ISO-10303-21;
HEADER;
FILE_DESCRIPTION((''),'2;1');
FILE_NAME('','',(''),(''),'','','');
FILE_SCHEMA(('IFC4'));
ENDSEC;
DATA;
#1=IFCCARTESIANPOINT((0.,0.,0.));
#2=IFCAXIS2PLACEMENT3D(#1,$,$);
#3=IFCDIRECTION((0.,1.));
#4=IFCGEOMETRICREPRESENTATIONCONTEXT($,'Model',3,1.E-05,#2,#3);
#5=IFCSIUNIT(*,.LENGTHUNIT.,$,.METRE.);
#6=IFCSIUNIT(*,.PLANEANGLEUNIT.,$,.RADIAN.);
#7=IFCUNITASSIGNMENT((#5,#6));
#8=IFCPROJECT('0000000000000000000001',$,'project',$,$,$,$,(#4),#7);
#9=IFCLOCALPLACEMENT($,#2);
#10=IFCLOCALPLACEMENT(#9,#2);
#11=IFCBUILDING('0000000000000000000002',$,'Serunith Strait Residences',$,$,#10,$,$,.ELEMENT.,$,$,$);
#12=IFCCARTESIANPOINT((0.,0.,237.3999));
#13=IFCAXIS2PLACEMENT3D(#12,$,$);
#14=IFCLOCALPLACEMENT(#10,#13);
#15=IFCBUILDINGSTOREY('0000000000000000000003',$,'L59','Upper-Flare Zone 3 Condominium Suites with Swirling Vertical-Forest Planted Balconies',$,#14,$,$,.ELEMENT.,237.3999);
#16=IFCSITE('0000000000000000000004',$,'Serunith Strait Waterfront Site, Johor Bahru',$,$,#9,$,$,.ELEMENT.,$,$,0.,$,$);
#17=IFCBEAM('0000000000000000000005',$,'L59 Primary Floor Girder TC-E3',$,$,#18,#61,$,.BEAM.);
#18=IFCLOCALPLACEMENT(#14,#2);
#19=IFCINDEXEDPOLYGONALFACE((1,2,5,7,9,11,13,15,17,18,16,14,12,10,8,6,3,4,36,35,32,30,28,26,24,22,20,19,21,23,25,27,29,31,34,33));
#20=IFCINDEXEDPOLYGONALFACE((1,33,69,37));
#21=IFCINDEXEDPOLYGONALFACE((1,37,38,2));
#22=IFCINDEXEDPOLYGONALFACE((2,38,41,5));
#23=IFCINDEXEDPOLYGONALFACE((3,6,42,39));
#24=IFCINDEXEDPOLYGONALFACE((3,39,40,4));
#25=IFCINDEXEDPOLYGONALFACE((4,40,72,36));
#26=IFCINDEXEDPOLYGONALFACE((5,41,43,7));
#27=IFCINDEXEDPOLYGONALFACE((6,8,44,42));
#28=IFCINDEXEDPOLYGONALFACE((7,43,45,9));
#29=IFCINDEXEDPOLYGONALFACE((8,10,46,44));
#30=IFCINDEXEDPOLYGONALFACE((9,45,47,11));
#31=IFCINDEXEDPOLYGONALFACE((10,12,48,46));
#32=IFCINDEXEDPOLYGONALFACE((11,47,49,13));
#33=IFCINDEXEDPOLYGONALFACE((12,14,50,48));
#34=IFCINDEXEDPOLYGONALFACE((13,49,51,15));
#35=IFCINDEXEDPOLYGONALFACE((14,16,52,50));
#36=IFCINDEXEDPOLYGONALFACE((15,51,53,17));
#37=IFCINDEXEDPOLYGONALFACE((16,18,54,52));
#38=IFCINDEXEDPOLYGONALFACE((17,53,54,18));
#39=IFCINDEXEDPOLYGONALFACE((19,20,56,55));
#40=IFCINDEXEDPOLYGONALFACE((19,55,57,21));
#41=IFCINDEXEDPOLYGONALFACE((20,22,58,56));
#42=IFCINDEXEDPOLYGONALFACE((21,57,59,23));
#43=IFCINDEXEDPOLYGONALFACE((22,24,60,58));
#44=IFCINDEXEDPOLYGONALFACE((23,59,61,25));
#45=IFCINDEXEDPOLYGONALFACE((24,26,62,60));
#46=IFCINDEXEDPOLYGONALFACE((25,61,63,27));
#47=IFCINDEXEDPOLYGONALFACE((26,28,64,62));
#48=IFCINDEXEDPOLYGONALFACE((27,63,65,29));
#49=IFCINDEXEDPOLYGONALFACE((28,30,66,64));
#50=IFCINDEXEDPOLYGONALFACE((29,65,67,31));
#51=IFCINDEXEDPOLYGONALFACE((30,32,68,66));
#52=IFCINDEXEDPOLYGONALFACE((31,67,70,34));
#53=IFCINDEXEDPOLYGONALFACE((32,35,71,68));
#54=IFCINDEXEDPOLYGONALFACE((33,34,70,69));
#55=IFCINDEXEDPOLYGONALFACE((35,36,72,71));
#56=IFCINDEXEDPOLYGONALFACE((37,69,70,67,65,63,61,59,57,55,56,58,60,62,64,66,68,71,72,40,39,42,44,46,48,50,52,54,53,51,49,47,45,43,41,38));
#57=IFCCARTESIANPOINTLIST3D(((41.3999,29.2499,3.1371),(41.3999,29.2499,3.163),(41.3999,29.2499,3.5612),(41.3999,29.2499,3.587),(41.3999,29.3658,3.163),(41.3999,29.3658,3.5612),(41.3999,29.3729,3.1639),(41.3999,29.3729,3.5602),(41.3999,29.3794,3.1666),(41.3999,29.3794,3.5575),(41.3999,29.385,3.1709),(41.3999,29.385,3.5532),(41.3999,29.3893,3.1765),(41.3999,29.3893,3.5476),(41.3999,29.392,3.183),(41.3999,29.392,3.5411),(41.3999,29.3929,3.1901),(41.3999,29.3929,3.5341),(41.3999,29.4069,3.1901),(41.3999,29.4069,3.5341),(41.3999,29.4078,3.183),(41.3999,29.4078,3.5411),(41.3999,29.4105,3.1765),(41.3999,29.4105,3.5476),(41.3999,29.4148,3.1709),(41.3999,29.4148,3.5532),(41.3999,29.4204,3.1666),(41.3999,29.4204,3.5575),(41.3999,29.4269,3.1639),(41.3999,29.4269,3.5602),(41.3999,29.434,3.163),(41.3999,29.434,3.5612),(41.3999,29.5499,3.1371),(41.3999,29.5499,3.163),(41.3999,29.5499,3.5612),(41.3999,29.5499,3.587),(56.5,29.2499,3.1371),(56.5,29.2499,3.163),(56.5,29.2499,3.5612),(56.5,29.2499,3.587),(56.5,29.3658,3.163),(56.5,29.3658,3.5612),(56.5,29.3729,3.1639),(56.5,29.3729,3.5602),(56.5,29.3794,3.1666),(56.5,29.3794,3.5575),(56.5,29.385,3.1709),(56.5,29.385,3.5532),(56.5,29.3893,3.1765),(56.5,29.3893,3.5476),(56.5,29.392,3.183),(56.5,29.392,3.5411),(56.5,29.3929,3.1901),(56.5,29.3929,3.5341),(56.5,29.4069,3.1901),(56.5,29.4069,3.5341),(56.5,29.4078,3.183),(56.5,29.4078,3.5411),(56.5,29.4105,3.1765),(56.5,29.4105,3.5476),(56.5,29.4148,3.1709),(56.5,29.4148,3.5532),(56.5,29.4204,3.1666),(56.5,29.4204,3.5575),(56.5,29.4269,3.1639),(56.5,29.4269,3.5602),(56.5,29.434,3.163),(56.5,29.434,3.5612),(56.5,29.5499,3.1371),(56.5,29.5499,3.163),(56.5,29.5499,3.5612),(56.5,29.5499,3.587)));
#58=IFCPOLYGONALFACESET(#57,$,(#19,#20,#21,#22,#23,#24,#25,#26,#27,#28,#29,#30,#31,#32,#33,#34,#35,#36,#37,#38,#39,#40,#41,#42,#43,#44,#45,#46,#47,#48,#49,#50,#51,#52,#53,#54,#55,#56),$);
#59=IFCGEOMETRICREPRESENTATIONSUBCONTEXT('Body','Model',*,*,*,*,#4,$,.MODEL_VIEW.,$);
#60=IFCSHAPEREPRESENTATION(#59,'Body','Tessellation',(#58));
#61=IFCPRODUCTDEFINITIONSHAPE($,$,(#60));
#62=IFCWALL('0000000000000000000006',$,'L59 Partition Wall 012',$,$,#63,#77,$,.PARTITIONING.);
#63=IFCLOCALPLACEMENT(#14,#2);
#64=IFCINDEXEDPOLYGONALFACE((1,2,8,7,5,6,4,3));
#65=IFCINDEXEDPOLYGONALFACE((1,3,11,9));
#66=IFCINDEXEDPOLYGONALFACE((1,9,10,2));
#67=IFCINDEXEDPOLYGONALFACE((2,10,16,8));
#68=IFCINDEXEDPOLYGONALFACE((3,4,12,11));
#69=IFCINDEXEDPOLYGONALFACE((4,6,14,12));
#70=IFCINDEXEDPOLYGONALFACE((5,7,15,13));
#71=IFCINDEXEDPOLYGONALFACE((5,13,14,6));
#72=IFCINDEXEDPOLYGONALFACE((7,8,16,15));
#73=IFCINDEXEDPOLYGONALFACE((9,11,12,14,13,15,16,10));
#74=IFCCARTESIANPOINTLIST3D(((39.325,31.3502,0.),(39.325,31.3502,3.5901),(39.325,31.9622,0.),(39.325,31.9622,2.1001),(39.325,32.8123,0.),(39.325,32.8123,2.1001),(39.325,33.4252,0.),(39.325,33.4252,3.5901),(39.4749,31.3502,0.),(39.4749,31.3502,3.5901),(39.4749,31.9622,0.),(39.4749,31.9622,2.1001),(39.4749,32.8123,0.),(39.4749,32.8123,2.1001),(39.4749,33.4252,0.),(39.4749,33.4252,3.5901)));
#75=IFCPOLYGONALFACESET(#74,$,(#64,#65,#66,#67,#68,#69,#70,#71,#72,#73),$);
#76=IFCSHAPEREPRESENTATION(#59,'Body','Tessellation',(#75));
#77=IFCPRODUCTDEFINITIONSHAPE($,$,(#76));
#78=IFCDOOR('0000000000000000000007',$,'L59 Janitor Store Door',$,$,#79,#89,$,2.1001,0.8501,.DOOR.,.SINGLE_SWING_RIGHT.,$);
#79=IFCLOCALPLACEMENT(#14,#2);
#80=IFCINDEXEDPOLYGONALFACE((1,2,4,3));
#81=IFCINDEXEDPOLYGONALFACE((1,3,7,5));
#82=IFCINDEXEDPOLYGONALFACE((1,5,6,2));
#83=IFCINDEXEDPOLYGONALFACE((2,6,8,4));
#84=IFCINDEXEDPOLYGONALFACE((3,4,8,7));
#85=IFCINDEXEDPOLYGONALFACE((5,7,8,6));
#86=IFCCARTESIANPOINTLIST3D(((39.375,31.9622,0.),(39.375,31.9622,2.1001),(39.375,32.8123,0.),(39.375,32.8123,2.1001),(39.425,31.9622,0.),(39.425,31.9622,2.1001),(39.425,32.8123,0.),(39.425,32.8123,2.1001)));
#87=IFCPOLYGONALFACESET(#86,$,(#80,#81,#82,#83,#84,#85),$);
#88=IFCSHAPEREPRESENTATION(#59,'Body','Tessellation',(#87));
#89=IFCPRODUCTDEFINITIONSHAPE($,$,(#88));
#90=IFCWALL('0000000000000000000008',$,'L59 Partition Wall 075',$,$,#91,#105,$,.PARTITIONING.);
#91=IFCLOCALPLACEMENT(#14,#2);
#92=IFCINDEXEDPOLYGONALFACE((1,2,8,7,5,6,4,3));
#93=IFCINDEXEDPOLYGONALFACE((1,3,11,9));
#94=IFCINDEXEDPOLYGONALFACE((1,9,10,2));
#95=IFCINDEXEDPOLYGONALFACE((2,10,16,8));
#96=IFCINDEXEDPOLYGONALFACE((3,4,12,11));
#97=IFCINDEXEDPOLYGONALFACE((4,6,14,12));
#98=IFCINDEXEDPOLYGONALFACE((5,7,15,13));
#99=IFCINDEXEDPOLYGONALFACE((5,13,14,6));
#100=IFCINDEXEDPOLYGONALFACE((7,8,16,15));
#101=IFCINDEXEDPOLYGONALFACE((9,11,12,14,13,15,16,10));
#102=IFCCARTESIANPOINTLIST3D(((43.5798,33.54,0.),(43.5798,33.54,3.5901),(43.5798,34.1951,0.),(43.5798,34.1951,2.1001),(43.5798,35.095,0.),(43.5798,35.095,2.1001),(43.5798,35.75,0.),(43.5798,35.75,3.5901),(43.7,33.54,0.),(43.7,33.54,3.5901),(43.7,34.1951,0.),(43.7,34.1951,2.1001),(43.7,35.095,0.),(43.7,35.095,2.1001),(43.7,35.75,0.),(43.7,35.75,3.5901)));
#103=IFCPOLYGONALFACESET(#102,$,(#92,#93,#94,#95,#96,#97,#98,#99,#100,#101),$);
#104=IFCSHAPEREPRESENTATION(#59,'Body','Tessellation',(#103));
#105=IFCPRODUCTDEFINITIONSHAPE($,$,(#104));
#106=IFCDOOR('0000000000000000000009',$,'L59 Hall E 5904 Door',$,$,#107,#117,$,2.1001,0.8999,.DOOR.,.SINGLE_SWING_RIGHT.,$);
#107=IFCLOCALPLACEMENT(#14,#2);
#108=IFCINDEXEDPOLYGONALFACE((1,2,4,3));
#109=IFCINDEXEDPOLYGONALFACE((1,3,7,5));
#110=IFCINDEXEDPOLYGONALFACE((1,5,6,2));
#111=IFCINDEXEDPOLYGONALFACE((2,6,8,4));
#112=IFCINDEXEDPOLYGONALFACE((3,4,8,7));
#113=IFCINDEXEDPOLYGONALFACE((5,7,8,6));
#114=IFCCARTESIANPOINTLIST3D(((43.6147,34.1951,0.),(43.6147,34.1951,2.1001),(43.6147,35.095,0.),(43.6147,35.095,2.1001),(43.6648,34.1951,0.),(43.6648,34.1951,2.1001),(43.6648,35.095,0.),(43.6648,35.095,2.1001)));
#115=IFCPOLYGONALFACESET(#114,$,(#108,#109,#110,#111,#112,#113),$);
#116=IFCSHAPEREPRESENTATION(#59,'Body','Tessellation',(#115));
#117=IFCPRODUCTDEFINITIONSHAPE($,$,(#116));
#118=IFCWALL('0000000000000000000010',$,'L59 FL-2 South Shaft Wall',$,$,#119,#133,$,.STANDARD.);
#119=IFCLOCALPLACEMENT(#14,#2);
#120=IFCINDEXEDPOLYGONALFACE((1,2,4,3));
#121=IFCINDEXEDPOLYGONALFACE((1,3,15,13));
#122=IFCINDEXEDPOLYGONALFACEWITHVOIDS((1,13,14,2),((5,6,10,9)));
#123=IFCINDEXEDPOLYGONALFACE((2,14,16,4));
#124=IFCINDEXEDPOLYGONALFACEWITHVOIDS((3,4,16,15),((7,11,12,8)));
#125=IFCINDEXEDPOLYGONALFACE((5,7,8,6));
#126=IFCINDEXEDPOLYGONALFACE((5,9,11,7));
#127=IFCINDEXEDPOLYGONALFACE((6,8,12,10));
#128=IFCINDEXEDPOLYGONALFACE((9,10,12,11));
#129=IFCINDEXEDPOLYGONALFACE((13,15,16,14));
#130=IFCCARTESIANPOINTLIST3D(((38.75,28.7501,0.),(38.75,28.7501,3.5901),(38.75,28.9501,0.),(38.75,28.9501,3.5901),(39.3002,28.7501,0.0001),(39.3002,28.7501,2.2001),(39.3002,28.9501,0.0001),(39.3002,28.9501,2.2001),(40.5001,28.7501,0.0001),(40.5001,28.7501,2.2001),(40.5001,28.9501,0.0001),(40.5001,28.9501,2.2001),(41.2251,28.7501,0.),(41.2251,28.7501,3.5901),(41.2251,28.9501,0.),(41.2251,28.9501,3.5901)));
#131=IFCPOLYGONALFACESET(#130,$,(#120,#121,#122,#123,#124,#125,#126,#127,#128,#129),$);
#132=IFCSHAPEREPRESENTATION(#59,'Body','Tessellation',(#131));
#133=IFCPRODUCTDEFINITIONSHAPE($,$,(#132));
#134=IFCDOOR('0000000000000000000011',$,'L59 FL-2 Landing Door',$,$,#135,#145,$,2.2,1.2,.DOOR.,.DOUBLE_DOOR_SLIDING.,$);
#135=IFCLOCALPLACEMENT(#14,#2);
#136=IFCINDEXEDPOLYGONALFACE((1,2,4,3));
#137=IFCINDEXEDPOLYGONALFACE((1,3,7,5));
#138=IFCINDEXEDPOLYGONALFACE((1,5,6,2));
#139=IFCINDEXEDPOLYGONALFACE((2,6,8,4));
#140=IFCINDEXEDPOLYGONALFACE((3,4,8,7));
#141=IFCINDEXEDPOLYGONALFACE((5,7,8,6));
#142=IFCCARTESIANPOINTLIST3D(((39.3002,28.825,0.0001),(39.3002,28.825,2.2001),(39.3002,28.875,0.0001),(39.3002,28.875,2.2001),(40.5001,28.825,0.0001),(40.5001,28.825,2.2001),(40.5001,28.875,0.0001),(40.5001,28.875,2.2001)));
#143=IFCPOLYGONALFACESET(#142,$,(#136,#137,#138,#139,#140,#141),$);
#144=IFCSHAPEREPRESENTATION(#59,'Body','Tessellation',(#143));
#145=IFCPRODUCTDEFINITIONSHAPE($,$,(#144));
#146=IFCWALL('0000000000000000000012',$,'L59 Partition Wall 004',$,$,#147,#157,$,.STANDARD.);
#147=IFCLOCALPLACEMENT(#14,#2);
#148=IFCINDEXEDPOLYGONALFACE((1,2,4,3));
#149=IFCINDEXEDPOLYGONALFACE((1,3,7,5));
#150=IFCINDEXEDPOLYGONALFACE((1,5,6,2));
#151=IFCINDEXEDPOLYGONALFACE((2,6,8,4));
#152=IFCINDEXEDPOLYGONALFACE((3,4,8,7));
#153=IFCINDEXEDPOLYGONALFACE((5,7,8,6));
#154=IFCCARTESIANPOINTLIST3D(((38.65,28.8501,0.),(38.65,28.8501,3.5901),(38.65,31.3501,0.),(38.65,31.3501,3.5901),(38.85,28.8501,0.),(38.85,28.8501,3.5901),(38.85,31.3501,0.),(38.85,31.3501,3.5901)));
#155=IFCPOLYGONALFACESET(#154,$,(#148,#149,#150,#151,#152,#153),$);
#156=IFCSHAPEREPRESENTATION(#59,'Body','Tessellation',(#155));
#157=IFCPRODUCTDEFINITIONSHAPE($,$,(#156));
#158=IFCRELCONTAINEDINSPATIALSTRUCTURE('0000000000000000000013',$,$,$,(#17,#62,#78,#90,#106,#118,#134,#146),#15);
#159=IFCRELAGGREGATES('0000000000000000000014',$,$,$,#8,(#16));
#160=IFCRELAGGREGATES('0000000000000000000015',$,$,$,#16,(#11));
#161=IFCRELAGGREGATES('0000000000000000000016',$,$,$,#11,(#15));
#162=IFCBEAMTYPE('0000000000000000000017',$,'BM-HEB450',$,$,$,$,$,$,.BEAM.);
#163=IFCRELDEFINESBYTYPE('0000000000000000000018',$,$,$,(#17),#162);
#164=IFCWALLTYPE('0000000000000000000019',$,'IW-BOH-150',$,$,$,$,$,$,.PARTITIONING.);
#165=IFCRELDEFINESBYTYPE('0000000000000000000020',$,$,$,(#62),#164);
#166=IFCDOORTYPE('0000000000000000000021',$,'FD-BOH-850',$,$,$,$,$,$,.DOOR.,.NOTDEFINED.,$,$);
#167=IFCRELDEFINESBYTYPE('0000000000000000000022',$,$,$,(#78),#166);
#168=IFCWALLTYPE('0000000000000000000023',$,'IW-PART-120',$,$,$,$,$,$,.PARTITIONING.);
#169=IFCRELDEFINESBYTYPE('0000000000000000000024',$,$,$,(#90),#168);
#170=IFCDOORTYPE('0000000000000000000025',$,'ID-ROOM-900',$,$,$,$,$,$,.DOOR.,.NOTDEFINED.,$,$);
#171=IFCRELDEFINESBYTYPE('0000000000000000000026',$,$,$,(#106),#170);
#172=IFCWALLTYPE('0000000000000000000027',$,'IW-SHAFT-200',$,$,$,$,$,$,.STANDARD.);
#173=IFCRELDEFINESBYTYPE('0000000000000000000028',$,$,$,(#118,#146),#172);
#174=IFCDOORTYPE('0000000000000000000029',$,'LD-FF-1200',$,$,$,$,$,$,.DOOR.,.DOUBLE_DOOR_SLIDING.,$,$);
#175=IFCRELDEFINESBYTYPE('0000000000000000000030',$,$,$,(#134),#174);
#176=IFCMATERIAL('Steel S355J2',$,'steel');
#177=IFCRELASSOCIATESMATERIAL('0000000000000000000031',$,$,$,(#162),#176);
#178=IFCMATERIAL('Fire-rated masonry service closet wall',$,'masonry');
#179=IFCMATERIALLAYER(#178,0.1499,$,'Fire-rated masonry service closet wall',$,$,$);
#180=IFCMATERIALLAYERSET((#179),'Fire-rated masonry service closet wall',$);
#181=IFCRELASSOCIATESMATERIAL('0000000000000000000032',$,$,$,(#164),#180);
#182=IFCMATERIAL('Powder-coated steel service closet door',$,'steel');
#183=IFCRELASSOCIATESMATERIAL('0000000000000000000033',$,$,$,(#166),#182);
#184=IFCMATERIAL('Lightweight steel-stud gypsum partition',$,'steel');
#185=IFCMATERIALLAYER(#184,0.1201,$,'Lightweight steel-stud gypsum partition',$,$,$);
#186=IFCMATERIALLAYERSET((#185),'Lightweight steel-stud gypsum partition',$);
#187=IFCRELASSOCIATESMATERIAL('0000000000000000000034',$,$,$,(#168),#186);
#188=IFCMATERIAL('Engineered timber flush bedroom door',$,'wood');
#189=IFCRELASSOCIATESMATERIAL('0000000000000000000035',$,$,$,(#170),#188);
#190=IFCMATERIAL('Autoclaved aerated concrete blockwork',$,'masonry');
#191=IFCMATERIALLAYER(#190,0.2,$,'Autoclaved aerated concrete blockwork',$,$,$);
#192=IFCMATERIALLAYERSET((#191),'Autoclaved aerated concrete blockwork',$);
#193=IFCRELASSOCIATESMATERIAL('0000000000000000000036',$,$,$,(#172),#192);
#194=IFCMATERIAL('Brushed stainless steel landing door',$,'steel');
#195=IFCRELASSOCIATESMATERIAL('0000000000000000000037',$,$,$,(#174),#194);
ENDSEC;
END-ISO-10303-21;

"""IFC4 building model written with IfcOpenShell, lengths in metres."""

from ifc_helpers import new_model, si_unit, direction, frame, frame_2d, origin, origin_2d, place, context, subcontext, project, spatial, rectangle, i_section, extrude, source, transform, mapped, material, layer, layer_set, material_profile, profile_set, type_object, element, fill, save


model = new_model("IFC4")

# Units and contexts
model_context = context("Model", 3, precision=1e-05, world=origin(), true_north=direction((0.0, 1.0)))
body_context = subcontext(model_context, "Body", "Model", "MODEL_VIEW")
ifc_project = project(units=[si_unit("LENGTHUNIT", "METRE"), si_unit("PLANEANGLEUNIT", "RADIAN")], contexts=[model_context])

# Site, building, storey
site_placement = place(None, origin())
site = spatial("IfcSite", under=ifc_project, at=site_placement, Name="Serunith Strait Waterfront Site, Johor Bahru", CompositionType="ELEMENT", RefElevation=0.0)
building_placement = place(site_placement, origin())
building = spatial("IfcBuilding", under=site, at=building_placement, Name="Serunith Strait Residences", CompositionType="ELEMENT")
storey_placement = place(building_placement, frame((0.0, 0.0, 237.3999)))
storey = spatial("IfcBuildingStorey", under=building, at=storey_placement, Name="L59", Description="Upper-Flare Zone 3 Condominium Suites with Swirling Vertical-Forest Planted Balconies", CompositionType="ELEMENT", Elevation=237.3999)

# Beam
ifc_material_1 = material(Name="Steel S355J2", Category="steel")
ifc_material_profile = material_profile(ifc_material_1, i_section(OverallWidth=0.3, OverallDepth=0.45, WebThickness=0.0139, FlangeThickness=0.0259, FilletRadius=0.0271, at=origin_2d()), Name="HEB 450")
ifc_profile_set = profile_set([ifc_material_profile], Name="Steel S355J2")
beam_type = type_object("IfcBeamType", Name="BM-HEB450", PredefinedType="BEAM", material=ifc_profile_set)
shared_shape_1 = source(origin(), body_context, "Body", "SweptSolid", [
    extrude(i_section(OverallWidth=0.3, OverallDepth=0.45, WebThickness=0.0139, FlangeThickness=0.0259, FilletRadius=0.0271, at=origin_2d()), origin(), (0.0, 0.0, 1.0), 15.1001),
])
beam_placement = place(storey_placement, frame((41.3999, 29.3999, 3.3621), z_axis=(1.0, 0.0, 0.0), x_axis=(0.0, 1.0, 0.0)))
element("IfcBeam", 1, at=beam_placement, inside=storey, type_object=beam_type, Name="L59 Primary Floor Girder TC-E3", PredefinedType="BEAM", context=body_context, shape_type="MappedRepresentation", body=[
    mapped(shared_shape_1, transform((0.0, 0.0, 0.0), scale=1.0)),
])

# Walls, openings, doors
ifc_material_2 = material(Name="Fire-rated masonry service closet wall", Category="masonry")
ifc_layer_1 = layer(ifc_material_2, 0.1499, Name="Fire-rated masonry service closet wall")
ifc_layer_set_1 = layer_set([ifc_layer_1], Name="Fire-rated masonry service closet wall")
wall_type_1 = type_object("IfcWallType", Name="IW-BOH-150", PredefinedType="PARTITIONING", material=ifc_layer_set_1)
wall_1_placement = place(storey_placement, frame((39.3999, 31.3501, 0.0), z_axis=(0.0, 0.0, 1.0), x_axis=(0.0, 1.0, 0.0)))
wall_1 = element("IfcWall", 2, at=wall_1_placement, inside=storey, type_object=wall_type_1, Name="L59 Partition Wall 012", PredefinedType="PARTITIONING", context=body_context, shape_type="SweptSolid", body=[
    extrude(rectangle(XDim=2.075, YDim=0.1499, at=frame_2d((1.0376, 0.0))), origin(), (0.0, 0.0, 1.0), 3.5901),
])
opening_1_placement = place(wall_1_placement, frame((0.6121, 0.0, 0.0)))
opening_1 = element("IfcOpeningElement", 3, at=opening_1_placement, cuts=wall_1, PredefinedType="OPENING", context=body_context, shape_type="SweptSolid", body=[
    extrude(rectangle(XDim=0.8501, YDim=2.1001, at=frame_2d((0.425, 1.05))), frame((0.0, 0.085, 0.0), z_axis=(0.0, -1.0, 0.0), x_axis=(1.0, 0.0, 0.0)), (0.0, 0.0, 1.0), 0.1699),
])
ifc_material_3 = material(Name="Powder-coated steel service closet door", Category="steel")
door_type_1 = type_object("IfcDoorType", Name="FD-BOH-850", OperationType="NOTDEFINED", PredefinedType="DOOR", material=ifc_material_3)
shared_shape_2 = source(origin(), body_context, "Body", "SweptSolid", [
    extrude(rectangle(XDim=0.8501, YDim=2.1001, at=frame_2d((0.425, 1.05))), frame((0.0, 0.0249, 0.0), z_axis=(0.0, -1.0, 0.0), x_axis=(1.0, 0.0, 0.0)), (0.0, 0.0, 1.0), 0.05),
])
door_1_placement = place(opening_1_placement, origin())
door_1 = element("IfcDoor", 4, at=door_1_placement, inside=storey, type_object=door_type_1, Name="L59 Janitor Store Door", OperationType="SINGLE_SWING_RIGHT", OverallHeight=2.1001, OverallWidth=0.8501, PredefinedType="DOOR", context=body_context, shape_type="MappedRepresentation", body=[
    mapped(shared_shape_2, transform((0.0, 0.0, 0.0), scale=1.0)),
])
fill(opening_1, door_1)
ifc_material_4 = material(Name="Lightweight steel-stud gypsum partition", Category="steel")
ifc_layer_2 = layer(ifc_material_4, 0.1201, Name="Lightweight steel-stud gypsum partition")
ifc_layer_set_2 = layer_set([ifc_layer_2], Name="Lightweight steel-stud gypsum partition")
wall_type_2 = type_object("IfcWallType", Name="IW-PART-120", PredefinedType="PARTITIONING", material=ifc_layer_set_2)
wall_2_placement = place(storey_placement, frame((43.6399, 35.75, 0.0), z_axis=(0.0, 0.0, 1.0), x_axis=(0.0, -1.0, 0.0)))
wall_2 = element("IfcWall", 5, at=wall_2_placement, inside=storey, type_object=wall_type_2, Name="L59 Partition Wall 075", PredefinedType="PARTITIONING", context=body_context, shape_type="SweptSolid", body=[
    extrude(rectangle(XDim=2.21, YDim=0.1201, at=frame_2d((1.105, 0.0))), origin(), (0.0, 0.0, 1.0), 3.5901),
])
opening_2_placement = place(wall_2_placement, frame((0.655, 0.0, 0.0)))
opening_2 = element("IfcOpeningElement", 6, at=opening_2_placement, cuts=wall_2, PredefinedType="OPENING", context=body_context, shape_type="SweptSolid", body=[
    extrude(rectangle(XDim=0.8999, YDim=2.1001, at=frame_2d((0.45, 1.05))), frame((0.0, 0.0701, 0.0), z_axis=(0.0, -1.0, 0.0), x_axis=(1.0, 0.0, 0.0)), (0.0, 0.0, 1.0), 0.1401),
])
ifc_material_5 = material(Name="Engineered timber flush bedroom door", Category="wood")
door_type_2 = type_object("IfcDoorType", Name="ID-ROOM-900", OperationType="NOTDEFINED", PredefinedType="DOOR", material=ifc_material_5)
shared_shape_3 = source(origin(), body_context, "Body", "SweptSolid", [
    extrude(rectangle(XDim=0.8999, YDim=2.1001, at=frame_2d((0.45, 1.05))), frame((0.0, 0.0249, 0.0), z_axis=(0.0, -1.0, 0.0), x_axis=(1.0, 0.0, 0.0)), (0.0, 0.0, 1.0), 0.05),
])
door_2_placement = place(opening_2_placement, origin())
door_2 = element("IfcDoor", 7, at=door_2_placement, inside=storey, type_object=door_type_2, Name="L59 Hall E 5904 Door", OperationType="SINGLE_SWING_RIGHT", OverallHeight=2.1001, OverallWidth=0.8999, PredefinedType="DOOR", context=body_context, shape_type="MappedRepresentation", body=[
    mapped(shared_shape_3, transform((0.0, 0.0, 0.0), scale=1.0)),
])
fill(opening_2, door_2)
ifc_material_6 = material(Name="Autoclaved aerated concrete blockwork", Category="masonry")
ifc_layer_3 = layer(ifc_material_6, 0.2, Name="Autoclaved aerated concrete blockwork")
ifc_layer_set_3 = layer_set([ifc_layer_3], Name="Autoclaved aerated concrete blockwork")
wall_type_3 = type_object("IfcWallType", Name="IW-SHAFT-200", PredefinedType="STANDARD", material=ifc_layer_set_3)
wall_3_placement = place(storey_placement, frame((38.75, 28.8501, 0.0), z_axis=(0.0, 0.0, 1.0), x_axis=(1.0, 0.0, 0.0)))
wall_3 = element("IfcWall", 8, at=wall_3_placement, inside=storey, type_object=wall_type_3, Name="L59 FL-2 South Shaft Wall", PredefinedType="STANDARD", context=body_context, shape_type="SweptSolid", body=[
    extrude(rectangle(XDim=2.4751, YDim=0.2, at=frame_2d((1.2375, 0.0))), origin(), (0.0, 0.0, 1.0), 3.5901),
])
opening_3_placement = place(wall_3_placement, frame((0.55, 0.0, 0.0)))
opening_3 = element("IfcOpeningElement", 9, at=opening_3_placement, cuts=wall_3, PredefinedType="OPENING", context=body_context, shape_type="SweptSolid", body=[
    extrude(rectangle(XDim=1.2, YDim=2.2, at=frame_2d((0.6001, 1.1001))), frame((0.0, 0.1099, 0.0), z_axis=(0.0, -1.0, 0.0), x_axis=(1.0, 0.0, 0.0)), (0.0, 0.0, 1.0), 0.22),
])
ifc_material_7 = material(Name="Brushed stainless steel landing door", Category="steel")
door_type_3 = type_object("IfcDoorType", Name="LD-FF-1200", OperationType="DOUBLE_DOOR_SLIDING", PredefinedType="DOOR", material=ifc_material_7)
shared_shape_4 = source(origin(), body_context, "Body", "SweptSolid", [
    extrude(rectangle(XDim=1.2, YDim=2.2, at=frame_2d((0.6001, 1.1001))), frame((0.0, 0.0249, 0.0), z_axis=(0.0, -1.0, 0.0), x_axis=(1.0, 0.0, 0.0)), (0.0, 0.0, 1.0), 0.05),
])
door_3_placement = place(opening_3_placement, origin())
door_3 = element("IfcDoor", 10, at=door_3_placement, inside=storey, type_object=door_type_3, Name="L59 FL-2 Landing Door", OperationType="DOUBLE_DOOR_SLIDING", OverallHeight=2.2, OverallWidth=1.2, PredefinedType="DOOR", context=body_context, shape_type="MappedRepresentation", body=[
    mapped(shared_shape_4, transform((0.0, 0.0, 0.0), scale=1.0)),
])
fill(opening_3, door_3)

# Wall
wall_4_placement = place(storey_placement, frame((38.75, 28.8501, 0.0), z_axis=(0.0, 0.0, 1.0), x_axis=(0.0, 1.0, 0.0)))
element("IfcWall", 11, at=wall_4_placement, inside=storey, type_object=wall_type_3, Name="L59 Partition Wall 004", PredefinedType="STANDARD", context=body_context, shape_type="SweptSolid", body=[
    extrude(rectangle(XDim=2.5, YDim=0.2, at=frame_2d((1.25, 0.0))), origin(), (0.0, 0.0, 1.0), 3.5901),
])

save(model, "model.ifc")
